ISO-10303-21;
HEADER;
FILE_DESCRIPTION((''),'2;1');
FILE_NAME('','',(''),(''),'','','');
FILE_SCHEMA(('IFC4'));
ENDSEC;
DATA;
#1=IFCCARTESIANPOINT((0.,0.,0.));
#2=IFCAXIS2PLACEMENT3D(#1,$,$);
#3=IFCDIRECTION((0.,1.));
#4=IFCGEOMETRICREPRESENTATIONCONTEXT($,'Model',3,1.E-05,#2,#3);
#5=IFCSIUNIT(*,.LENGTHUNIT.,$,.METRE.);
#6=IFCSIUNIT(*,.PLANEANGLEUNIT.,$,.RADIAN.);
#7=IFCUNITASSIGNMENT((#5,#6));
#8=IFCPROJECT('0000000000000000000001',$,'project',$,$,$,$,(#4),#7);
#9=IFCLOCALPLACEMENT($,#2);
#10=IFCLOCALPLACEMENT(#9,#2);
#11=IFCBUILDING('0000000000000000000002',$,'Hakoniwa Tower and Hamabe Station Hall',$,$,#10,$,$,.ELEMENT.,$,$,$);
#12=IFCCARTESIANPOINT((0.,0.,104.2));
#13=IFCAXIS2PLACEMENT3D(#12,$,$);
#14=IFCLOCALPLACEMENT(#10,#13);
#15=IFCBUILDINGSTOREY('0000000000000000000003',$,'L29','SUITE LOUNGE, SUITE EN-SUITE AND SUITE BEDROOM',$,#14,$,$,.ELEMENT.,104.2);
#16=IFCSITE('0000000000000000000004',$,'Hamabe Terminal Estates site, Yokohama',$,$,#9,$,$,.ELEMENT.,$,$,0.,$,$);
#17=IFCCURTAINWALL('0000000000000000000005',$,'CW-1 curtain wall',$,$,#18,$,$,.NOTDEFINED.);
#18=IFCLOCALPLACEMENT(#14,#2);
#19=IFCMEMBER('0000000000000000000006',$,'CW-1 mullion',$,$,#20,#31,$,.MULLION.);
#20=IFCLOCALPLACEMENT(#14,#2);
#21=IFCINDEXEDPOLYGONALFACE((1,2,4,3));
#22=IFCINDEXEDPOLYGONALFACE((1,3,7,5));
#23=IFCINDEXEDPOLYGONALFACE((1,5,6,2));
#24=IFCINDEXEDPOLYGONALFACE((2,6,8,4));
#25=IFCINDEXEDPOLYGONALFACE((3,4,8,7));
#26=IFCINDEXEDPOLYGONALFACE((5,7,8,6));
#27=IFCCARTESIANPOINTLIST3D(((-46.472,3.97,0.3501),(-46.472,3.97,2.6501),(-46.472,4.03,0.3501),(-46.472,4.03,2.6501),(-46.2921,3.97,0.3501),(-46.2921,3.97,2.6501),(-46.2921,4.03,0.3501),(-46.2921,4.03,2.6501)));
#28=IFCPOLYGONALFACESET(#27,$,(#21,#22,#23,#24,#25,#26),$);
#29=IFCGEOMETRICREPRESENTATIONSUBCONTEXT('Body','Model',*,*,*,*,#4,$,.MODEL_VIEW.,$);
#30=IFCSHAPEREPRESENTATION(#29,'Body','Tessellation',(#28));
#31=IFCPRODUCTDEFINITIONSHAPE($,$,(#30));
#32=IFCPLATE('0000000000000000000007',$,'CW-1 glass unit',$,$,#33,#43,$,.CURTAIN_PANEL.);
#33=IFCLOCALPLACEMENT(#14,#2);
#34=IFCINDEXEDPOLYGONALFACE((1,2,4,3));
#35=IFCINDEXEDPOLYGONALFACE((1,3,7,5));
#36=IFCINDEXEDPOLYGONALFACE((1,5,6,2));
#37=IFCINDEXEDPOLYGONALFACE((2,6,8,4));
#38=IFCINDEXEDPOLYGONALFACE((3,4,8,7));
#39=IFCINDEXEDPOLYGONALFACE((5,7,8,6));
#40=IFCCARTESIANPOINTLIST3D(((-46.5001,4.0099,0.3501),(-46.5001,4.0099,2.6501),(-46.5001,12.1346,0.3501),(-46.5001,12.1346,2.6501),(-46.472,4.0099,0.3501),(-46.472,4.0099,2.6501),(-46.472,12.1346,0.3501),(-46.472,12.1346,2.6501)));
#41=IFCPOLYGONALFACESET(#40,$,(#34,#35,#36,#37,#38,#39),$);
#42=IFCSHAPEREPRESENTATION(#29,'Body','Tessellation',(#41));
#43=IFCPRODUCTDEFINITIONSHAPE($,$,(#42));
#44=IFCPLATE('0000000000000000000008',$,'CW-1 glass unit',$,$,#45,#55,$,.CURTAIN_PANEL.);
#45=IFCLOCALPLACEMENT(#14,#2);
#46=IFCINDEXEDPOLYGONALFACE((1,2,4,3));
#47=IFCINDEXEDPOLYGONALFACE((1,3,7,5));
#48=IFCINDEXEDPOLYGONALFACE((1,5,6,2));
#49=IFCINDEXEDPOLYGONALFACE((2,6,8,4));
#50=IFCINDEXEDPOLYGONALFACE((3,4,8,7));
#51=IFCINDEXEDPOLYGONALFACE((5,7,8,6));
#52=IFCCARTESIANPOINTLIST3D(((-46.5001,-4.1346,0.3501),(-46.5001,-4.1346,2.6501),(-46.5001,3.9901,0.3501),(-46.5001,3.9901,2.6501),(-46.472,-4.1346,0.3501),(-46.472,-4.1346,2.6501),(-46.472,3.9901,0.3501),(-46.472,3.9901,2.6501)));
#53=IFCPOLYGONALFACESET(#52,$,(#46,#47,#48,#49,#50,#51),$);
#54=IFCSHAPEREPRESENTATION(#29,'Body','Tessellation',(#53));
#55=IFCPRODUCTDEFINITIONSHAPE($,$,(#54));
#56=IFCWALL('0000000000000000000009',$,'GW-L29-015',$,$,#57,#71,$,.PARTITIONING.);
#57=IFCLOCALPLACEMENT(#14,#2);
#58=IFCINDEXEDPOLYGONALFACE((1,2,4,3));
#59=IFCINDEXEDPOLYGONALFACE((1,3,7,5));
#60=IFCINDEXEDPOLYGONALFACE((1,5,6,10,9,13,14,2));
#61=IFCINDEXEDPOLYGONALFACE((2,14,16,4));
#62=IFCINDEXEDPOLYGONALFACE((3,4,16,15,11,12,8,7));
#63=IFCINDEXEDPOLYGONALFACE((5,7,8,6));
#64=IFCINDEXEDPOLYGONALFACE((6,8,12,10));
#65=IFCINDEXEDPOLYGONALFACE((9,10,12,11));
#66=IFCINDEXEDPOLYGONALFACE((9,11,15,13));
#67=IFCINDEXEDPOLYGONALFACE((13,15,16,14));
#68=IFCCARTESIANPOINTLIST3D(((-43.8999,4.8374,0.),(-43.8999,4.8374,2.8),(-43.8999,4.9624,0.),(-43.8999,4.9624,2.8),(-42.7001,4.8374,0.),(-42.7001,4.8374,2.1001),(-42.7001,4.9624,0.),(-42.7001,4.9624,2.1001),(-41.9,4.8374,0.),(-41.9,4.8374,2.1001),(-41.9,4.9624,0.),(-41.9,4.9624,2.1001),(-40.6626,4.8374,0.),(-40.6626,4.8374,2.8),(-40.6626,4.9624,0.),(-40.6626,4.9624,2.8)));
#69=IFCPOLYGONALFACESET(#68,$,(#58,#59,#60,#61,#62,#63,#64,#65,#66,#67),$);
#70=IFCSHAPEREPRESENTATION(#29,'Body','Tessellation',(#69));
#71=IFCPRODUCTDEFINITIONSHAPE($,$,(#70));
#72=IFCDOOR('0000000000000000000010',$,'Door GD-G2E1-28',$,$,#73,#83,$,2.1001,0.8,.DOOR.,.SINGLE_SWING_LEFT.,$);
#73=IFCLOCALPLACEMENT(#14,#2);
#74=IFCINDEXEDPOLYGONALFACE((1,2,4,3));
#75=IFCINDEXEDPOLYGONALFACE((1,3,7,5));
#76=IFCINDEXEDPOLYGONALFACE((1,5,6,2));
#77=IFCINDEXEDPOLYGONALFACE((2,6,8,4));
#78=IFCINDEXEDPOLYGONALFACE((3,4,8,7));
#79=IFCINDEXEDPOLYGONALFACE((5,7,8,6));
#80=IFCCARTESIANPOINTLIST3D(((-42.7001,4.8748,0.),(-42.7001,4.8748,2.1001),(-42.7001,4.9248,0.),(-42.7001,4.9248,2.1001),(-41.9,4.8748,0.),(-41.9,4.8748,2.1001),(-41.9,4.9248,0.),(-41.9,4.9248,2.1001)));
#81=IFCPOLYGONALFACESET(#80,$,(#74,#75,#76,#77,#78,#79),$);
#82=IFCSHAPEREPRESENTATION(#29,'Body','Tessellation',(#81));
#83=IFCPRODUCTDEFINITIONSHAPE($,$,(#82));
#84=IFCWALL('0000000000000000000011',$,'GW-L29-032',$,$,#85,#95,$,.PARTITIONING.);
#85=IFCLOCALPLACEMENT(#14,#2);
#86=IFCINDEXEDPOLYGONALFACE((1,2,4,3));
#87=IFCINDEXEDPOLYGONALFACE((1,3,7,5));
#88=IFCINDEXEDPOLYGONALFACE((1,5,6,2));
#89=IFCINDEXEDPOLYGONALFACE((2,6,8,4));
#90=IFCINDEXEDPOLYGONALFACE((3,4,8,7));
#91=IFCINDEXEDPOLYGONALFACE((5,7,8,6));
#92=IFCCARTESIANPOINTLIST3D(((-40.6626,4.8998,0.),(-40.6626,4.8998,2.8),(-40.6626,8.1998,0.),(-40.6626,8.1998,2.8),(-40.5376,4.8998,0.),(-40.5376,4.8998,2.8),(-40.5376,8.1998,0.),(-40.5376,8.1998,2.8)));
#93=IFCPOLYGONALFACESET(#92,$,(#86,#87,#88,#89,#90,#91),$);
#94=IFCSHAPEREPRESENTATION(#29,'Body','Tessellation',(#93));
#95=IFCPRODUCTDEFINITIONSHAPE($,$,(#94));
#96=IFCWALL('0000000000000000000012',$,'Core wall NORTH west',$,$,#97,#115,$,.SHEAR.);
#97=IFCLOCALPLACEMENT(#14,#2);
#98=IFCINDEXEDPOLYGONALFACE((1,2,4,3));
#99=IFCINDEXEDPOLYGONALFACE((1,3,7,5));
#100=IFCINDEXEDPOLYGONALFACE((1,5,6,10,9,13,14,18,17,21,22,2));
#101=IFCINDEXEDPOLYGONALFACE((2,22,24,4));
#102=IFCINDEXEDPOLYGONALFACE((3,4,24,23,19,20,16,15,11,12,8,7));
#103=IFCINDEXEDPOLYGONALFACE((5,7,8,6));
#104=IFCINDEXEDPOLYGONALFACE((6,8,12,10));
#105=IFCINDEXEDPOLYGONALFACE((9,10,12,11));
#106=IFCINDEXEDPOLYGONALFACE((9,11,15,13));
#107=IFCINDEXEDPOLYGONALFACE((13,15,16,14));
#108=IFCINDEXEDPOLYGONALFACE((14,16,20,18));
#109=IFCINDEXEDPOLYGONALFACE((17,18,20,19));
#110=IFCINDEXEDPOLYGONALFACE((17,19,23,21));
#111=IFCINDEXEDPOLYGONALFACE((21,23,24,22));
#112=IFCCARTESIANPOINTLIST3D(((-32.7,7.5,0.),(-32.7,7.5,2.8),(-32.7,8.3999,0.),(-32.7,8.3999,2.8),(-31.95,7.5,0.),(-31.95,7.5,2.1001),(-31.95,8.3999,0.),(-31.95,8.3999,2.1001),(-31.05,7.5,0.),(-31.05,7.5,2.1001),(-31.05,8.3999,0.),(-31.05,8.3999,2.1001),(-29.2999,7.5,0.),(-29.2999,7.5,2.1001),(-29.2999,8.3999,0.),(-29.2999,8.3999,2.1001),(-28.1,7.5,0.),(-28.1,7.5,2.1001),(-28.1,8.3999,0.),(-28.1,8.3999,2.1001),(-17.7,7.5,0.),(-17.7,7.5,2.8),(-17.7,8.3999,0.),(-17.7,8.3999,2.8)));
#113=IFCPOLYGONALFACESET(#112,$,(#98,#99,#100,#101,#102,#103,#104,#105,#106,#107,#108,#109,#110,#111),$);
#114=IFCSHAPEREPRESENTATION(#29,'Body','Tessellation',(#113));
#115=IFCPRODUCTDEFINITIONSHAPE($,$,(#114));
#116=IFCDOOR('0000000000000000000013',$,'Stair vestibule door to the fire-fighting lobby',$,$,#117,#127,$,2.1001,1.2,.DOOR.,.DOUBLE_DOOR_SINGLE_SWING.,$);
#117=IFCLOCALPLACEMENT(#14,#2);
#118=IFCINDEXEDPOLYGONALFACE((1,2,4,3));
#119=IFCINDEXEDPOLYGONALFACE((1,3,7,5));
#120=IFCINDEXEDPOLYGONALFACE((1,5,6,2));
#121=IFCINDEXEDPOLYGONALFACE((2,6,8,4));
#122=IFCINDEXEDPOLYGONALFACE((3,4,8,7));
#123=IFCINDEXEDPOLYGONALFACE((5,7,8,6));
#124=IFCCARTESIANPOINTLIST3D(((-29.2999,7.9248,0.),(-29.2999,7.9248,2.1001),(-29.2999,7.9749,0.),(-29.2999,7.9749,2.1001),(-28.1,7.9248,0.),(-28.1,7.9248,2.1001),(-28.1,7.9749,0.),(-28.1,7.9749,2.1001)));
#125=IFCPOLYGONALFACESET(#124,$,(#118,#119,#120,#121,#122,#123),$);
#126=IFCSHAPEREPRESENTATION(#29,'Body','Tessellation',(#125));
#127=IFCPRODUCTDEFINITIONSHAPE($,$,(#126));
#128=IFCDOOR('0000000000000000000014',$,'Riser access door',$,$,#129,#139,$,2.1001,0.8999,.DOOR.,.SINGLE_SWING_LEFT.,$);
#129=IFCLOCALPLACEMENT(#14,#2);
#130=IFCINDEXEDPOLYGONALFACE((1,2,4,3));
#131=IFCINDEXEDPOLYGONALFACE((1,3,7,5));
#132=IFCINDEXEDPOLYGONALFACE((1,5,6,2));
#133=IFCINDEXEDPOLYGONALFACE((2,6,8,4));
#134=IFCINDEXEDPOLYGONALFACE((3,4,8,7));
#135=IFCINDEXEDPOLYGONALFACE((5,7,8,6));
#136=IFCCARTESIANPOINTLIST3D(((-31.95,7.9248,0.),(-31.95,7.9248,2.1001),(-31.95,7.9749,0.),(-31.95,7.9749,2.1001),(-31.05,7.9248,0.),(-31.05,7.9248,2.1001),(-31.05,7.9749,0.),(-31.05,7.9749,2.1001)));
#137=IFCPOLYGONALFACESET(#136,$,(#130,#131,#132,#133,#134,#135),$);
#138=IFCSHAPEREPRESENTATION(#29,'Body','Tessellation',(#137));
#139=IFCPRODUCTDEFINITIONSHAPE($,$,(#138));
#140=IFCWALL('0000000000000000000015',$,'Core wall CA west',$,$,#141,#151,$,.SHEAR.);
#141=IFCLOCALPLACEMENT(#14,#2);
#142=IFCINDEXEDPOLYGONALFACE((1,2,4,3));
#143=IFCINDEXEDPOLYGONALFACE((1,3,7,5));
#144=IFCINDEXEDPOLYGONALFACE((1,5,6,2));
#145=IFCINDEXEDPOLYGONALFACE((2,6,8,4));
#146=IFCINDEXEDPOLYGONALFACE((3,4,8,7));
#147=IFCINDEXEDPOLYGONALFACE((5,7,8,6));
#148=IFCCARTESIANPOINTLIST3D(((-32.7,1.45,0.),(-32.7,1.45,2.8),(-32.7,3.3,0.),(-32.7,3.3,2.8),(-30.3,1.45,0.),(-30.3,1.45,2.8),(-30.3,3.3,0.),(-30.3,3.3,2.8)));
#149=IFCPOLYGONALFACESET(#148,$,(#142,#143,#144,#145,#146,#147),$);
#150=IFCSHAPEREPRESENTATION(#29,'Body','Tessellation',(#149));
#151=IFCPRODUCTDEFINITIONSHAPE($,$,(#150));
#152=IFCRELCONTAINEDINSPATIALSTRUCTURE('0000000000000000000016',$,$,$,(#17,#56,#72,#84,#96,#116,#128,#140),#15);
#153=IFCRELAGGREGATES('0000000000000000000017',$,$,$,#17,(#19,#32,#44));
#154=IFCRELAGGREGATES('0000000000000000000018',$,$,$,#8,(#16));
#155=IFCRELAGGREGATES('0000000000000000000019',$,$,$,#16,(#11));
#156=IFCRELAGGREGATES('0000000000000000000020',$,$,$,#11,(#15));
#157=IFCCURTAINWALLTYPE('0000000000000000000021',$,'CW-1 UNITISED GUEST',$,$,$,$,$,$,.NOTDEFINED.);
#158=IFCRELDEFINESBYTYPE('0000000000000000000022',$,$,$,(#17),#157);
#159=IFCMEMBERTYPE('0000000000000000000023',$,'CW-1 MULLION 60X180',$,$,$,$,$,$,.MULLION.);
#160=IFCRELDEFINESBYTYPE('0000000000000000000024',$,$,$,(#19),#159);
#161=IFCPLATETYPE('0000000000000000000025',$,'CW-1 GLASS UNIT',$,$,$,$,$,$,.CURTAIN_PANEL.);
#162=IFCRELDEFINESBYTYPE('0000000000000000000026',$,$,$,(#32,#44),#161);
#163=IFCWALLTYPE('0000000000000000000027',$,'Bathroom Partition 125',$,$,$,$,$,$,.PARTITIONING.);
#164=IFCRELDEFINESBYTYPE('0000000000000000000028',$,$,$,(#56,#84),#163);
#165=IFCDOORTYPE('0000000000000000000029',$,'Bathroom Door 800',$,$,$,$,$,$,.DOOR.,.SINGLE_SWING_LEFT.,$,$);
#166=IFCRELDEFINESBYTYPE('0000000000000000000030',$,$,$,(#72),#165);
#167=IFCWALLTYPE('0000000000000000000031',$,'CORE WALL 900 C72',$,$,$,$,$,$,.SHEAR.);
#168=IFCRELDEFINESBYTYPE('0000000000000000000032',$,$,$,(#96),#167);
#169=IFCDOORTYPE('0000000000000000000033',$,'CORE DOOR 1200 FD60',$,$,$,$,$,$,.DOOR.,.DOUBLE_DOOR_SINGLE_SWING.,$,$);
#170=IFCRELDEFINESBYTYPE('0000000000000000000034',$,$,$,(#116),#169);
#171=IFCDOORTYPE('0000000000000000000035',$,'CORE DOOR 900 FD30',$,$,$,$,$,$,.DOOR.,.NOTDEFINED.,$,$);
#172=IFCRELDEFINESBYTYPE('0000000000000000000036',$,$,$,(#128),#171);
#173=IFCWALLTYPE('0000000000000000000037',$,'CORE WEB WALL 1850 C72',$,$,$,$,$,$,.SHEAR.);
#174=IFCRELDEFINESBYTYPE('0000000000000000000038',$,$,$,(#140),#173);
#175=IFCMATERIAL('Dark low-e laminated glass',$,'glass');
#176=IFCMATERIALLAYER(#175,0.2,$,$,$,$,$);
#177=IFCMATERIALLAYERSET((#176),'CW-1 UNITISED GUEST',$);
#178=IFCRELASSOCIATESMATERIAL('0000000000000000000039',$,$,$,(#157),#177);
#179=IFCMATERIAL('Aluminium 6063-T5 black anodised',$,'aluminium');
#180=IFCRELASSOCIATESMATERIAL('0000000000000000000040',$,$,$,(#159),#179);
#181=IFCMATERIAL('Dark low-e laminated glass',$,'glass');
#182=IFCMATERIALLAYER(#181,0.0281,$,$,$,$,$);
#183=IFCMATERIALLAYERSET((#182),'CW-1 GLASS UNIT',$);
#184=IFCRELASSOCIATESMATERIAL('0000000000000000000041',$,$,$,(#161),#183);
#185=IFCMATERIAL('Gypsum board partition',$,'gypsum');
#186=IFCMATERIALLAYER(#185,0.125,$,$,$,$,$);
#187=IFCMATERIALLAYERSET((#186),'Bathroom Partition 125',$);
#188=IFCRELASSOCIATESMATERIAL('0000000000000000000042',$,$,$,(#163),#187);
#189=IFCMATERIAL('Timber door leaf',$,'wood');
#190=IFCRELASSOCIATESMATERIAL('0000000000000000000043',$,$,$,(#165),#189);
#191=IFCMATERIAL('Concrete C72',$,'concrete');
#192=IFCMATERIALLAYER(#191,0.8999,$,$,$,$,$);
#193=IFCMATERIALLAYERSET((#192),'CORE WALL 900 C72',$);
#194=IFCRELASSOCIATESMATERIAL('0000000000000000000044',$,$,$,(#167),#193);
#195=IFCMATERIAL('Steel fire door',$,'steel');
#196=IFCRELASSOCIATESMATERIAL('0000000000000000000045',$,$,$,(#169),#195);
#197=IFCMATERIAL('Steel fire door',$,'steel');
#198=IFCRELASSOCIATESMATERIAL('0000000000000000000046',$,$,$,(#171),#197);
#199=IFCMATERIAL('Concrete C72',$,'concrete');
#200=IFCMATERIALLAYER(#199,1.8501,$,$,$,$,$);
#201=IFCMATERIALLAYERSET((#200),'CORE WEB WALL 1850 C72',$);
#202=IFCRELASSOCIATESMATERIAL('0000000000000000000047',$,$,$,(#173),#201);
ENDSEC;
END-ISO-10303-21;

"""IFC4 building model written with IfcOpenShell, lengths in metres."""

from ifc_helpers import new_model, si_unit, direction, frame, frame_2d, origin, origin_2d, place, context, subcontext, project, spatial, rectangle, extrude, material, layer, layer_set, material_profile, profile_set, type_object, element, fill, aggregate, save


model = new_model("IFC4")

# Units and contexts
model_context = context("Model", 3, precision=1e-05, world=origin(), true_north=direction((0.0, 1.0)))
body_context = subcontext(model_context, "Body", "Model", "MODEL_VIEW")
ifc_project = project(units=[si_unit("LENGTHUNIT", "METRE"), si_unit("PLANEANGLEUNIT", "RADIAN")], contexts=[model_context])

# Site, building, storey
site_placement = place(None, origin())
site = spatial("IfcSite", under=ifc_project, at=site_placement, Name="Hamabe Terminal Estates site, Yokohama", CompositionType="ELEMENT", RefElevation=0.0)
building_placement = place(site_placement, origin())
building = spatial("IfcBuilding", under=site, at=building_placement, Name="Hakoniwa Tower and Hamabe Station Hall", CompositionType="ELEMENT")
storey_placement = place(building_placement, frame((0.0, 0.0, 104.2)))
storey = spatial("IfcBuildingStorey", under=building, at=storey_placement, Name="L29", Description="SUITE LOUNGE, SUITE EN-SUITE AND SUITE BEDROOM", CompositionType="ELEMENT", Elevation=104.2)

# Curtain wall, member, plates
ifc_material_1 = material(Name="Dark low-e laminated glass", Category="glass")
ifc_layer_1 = layer(ifc_material_1, 0.2)
ifc_layer_set_1 = layer_set([ifc_layer_1], Name="CW-1 UNITISED GUEST")
curtain_wall_type = type_object("IfcCurtainWallType", Name="CW-1 UNITISED GUEST", PredefinedType="NOTDEFINED", material=ifc_layer_set_1)
curtain_wall_placement = place(storey_placement, origin())
curtain_wall = element("IfcCurtainWall", 1, at=curtain_wall_placement, inside=storey, type_object=curtain_wall_type, Name="CW-1 curtain wall", PredefinedType="NOTDEFINED")
ifc_material_2 = material(Name="Aluminium 6063-T5 black anodised", Category="aluminium")
ifc_material_profile = material_profile(ifc_material_2, rectangle(XDim=0.0601, YDim=0.1799, at=origin_2d()), Name="CW-1 MULLION 60X180")
ifc_profile_set = profile_set([ifc_material_profile], Name="Aluminium 6063-T5 black anodised")
member_type = type_object("IfcMemberType", Name="CW-1 MULLION 60X180", PredefinedType="MULLION", material=ifc_profile_set)
member_placement = place(storey_placement, frame((-46.3821, 4.0, 0.3501), z_axis=(0.0, 0.0, 1.0), x_axis=(0.0, -1.0, 0.0)))
member = element("IfcMember", 2, at=member_placement, type_object=member_type, Name="CW-1 mullion", PredefinedType="MULLION", context=body_context, shape_type="SweptSolid", body=[
    extrude(rectangle(XDim=0.0601, YDim=0.1799, at=origin_2d()), origin(), (0.0, 0.0, 1.0), 2.3),
])
ifc_material_3 = material(Name="Dark low-e laminated glass", Category="glass")
ifc_layer_2 = layer(ifc_material_3, 0.0281)
ifc_layer_set_2 = layer_set([ifc_layer_2], Name="CW-1 GLASS UNIT")
plate_type = type_object("IfcPlateType", Name="CW-1 GLASS UNIT", PredefinedType="CURTAIN_PANEL", material=ifc_layer_set_2)
plate_1_placement = place(storey_placement, frame((-46.4861, 8.0723, 0.3501), z_axis=(0.0, 0.0, 1.0), x_axis=(0.0, -1.0, 0.0)))
plate_1 = element("IfcPlate", 3, at=plate_1_placement, type_object=plate_type, Name="CW-1 glass unit", PredefinedType="CURTAIN_PANEL", context=body_context, shape_type="SweptSolid", body=[
    extrude(rectangle(XDim=8.1248, YDim=0.0281, at=origin_2d()), origin(), (0.0, 0.0, 1.0), 2.3),
])
plate_2_placement = place(storey_placement, frame((-46.4861, -0.0723, 0.3501), z_axis=(0.0, 0.0, 1.0), x_axis=(0.0, -1.0, 0.0)))
plate_2 = element("IfcPlate", 4, at=plate_2_placement, type_object=plate_type, Name="CW-1 glass unit", PredefinedType="CURTAIN_PANEL", context=body_context, shape_type="SweptSolid", body=[
    extrude(rectangle(XDim=8.1248, YDim=0.0281, at=origin_2d()), origin(), (0.0, 0.0, 1.0), 2.3),
])
aggregate(curtain_wall, [member, plate_1, plate_2])

# Wall, opening, door
ifc_material_4 = material(Name="Gypsum board partition", Category="gypsum")
ifc_layer_3 = layer(ifc_material_4, 0.125)
ifc_layer_set_3 = layer_set([ifc_layer_3], Name="Bathroom Partition 125")
wall_type_1 = type_object("IfcWallType", Name="Bathroom Partition 125", PredefinedType="PARTITIONING", material=ifc_layer_set_3)
wall_1_placement = place(storey_placement, frame((-43.8999, 4.8999, 0.0), z_axis=(0.0, 0.0, 1.0), x_axis=(1.0, 0.0, 0.0)))
wall_1 = element("IfcWall", 5, at=wall_1_placement, inside=storey, type_object=wall_type_1, Name="GW-L29-015", PredefinedType="PARTITIONING", context=body_context, shape_type="SweptSolid", body=[
    extrude(rectangle(XDim=3.2373, YDim=0.125, at=frame_2d((1.6187, 0.0))), origin(), (0.0, 0.0, 1.0), 2.8),
])
opening_1_placement = place(wall_1_placement, frame((1.2, 0.0, 0.0)))
opening_1 = element("IfcOpeningElement", 6, at=opening_1_placement, cuts=wall_1, PredefinedType="OPENING", context=body_context, shape_type="SweptSolid", body=[
    extrude(rectangle(XDim=0.8, YDim=2.1001, at=frame_2d((0.3999, 1.05))), frame((0.0, 0.0725, 0.0), z_axis=(0.0, -1.0, 0.0), x_axis=(1.0, 0.0, 0.0)), (0.0, 0.0, 1.0), 0.145),
])
ifc_material_5 = material(Name="Timber door leaf", Category="wood")
door_type_1 = type_object("IfcDoorType", Name="Bathroom Door 800", OperationType="SINGLE_SWING_LEFT", PredefinedType="DOOR", material=ifc_material_5)
door_1_placement = place(opening_1_placement, origin())
door_1 = element("IfcDoor", 7, at=door_1_placement, inside=storey, type_object=door_type_1, Name="Door GD-G2E1-28", OperationType="SINGLE_SWING_LEFT", OverallHeight=2.1001, OverallWidth=0.8, PredefinedType="DOOR", context=body_context, shape_type="SweptSolid", body=[
    extrude(rectangle(XDim=0.8, YDim=2.1001, at=frame_2d((0.3999, 1.05))), frame((0.0, 0.0249, 0.0), z_axis=(0.0, -1.0, 0.0), x_axis=(1.0, 0.0, 0.0)), (0.0, 0.0, 1.0), 0.05),
])
fill(opening_1, door_1)

# Wall
wall_2_placement = place(storey_placement, frame((-40.6001, 4.8999, 0.0), z_axis=(0.0, 0.0, 1.0), x_axis=(0.0, 1.0, 0.0)))
element("IfcWall", 8, at=wall_2_placement, inside=storey, type_object=wall_type_1, Name="GW-L29-032", PredefinedType="PARTITIONING", context=body_context, shape_type="SweptSolid", body=[
    extrude(rectangle(XDim=3.3, YDim=0.125, at=frame_2d((1.6499, 0.0))), origin(), (0.0, 0.0, 1.0), 2.8),
])

# Wall, openings, doors
ifc_material_6 = material(Name="Concrete C72", Category="concrete")
ifc_layer_4 = layer(ifc_material_6, 0.8999)
ifc_layer_set_4 = layer_set([ifc_layer_4], Name="CORE WALL 900 C72")
wall_type_2 = type_object("IfcWallType", Name="CORE WALL 900 C72", PredefinedType="SHEAR", material=ifc_layer_set_4)
wall_3_placement = place(storey_placement, frame((-32.7, 7.95, 0.0), z_axis=(0.0, 0.0, 1.0), x_axis=(1.0, 0.0, 0.0)))
wall_3 = element("IfcWall", 9, at=wall_3_placement, inside=storey, type_object=wall_type_2, Name="Core wall NORTH west", PredefinedType="SHEAR", context=body_context, shape_type="SweptSolid", body=[
    extrude(rectangle(XDim=15.0, YDim=0.8999, at=frame_2d((7.5, 0.0))), origin(), (0.0, 0.0, 1.0), 2.8),
])
opening_2_placement = place(wall_3_placement, frame((3.3999, 0.0, 0.0)))
opening_2 = element("IfcOpeningElement", 10, at=opening_2_placement, cuts=wall_3, PredefinedType="OPENING", context=body_context, shape_type="SweptSolid", body=[
    extrude(rectangle(XDim=1.2, YDim=2.1001, at=frame_2d((0.6001, 1.05))), frame((0.0, 0.46, 0.0), z_axis=(0.0, -1.0, 0.0), x_axis=(1.0, 0.0, 0.0)), (0.0, 0.0, 1.0), 0.9199),
])
opening_3_placement = place(wall_3_placement, frame((0.75, 0.0, 0.0)))
opening_3 = element("IfcOpeningElement", 11, at=opening_3_placement, cuts=wall_3, PredefinedType="OPENING", context=body_context, shape_type="SweptSolid", body=[
    extrude(rectangle(XDim=0.8999, YDim=2.1001, at=frame_2d((0.45, 1.05))), frame((0.0, 0.46, 0.0), z_axis=(0.0, -1.0, 0.0), x_axis=(1.0, 0.0, 0.0)), (0.0, 0.0, 1.0), 0.9199),
])
ifc_material_7 = material(Name="Steel fire door", Category="steel")
door_type_2 = type_object("IfcDoorType", Name="CORE DOOR 1200 FD60", OperationType="DOUBLE_DOOR_SINGLE_SWING", PredefinedType="DOOR", material=ifc_material_7)
door_2_placement = place(opening_2_placement, origin())
door_2 = element("IfcDoor", 12, at=door_2_placement, inside=storey, type_object=door_type_2, Name="Stair vestibule door to the fire-fighting lobby", OperationType="DOUBLE_DOOR_SINGLE_SWING", OverallHeight=2.1001, OverallWidth=1.2, PredefinedType="DOOR", context=body_context, shape_type="SweptSolid", body=[
    extrude(rectangle(XDim=1.2, YDim=2.1001, at=frame_2d((0.6001, 1.05))), frame((0.0, 0.0249, 0.0), z_axis=(0.0, -1.0, 0.0), x_axis=(1.0, 0.0, 0.0)), (0.0, 0.0, 1.0), 0.05),
])
fill(opening_2, door_2)
ifc_material_8 = material(Name="Steel fire door", Category="steel")
door_type_3 = type_object("IfcDoorType", Name="CORE DOOR 900 FD30", OperationType="NOTDEFINED", PredefinedType="DOOR", material=ifc_material_8)
door_3_placement = place(opening_3_placement, origin())
door_3 = element("IfcDoor", 13, at=door_3_placement, inside=storey, type_object=door_type_3, Name="Riser access door", OperationType="SINGLE_SWING_LEFT", OverallHeight=2.1001, OverallWidth=0.8999, PredefinedType="DOOR", context=body_context, shape_type="SweptSolid", body=[
    extrude(rectangle(XDim=0.8999, YDim=2.1001, at=frame_2d((0.45, 1.05))), frame((0.0, 0.0249, 0.0), z_axis=(0.0, -1.0, 0.0), x_axis=(1.0, 0.0, 0.0)), (0.0, 0.0, 1.0), 0.05),
])
fill(opening_3, door_3)

# Wall
ifc_material_9 = material(Name="Concrete C72", Category="concrete")
ifc_layer_5 = layer(ifc_material_9, 1.8501)
ifc_layer_set_5 = layer_set([ifc_layer_5], Name="CORE WEB WALL 1850 C72")
wall_type_3 = type_object("IfcWallType", Name="CORE WEB WALL 1850 C72", PredefinedType="SHEAR", material=ifc_layer_set_5)
wall_4_placement = place(storey_placement, frame((-32.7, 2.375, 0.0), z_axis=(0.0, 0.0, 1.0), x_axis=(1.0, 0.0, 0.0)))
element("IfcWall", 14, at=wall_4_placement, inside=storey, type_object=wall_type_3, Name="Core wall CA west", PredefinedType="SHEAR", context=body_context, shape_type="SweptSolid", body=[
    extrude(rectangle(XDim=2.3999, YDim=1.8501, at=frame_2d((1.2, 0.0))), origin(), (0.0, 0.0, 1.0), 2.8),
])

save(model, "model.ifc")
